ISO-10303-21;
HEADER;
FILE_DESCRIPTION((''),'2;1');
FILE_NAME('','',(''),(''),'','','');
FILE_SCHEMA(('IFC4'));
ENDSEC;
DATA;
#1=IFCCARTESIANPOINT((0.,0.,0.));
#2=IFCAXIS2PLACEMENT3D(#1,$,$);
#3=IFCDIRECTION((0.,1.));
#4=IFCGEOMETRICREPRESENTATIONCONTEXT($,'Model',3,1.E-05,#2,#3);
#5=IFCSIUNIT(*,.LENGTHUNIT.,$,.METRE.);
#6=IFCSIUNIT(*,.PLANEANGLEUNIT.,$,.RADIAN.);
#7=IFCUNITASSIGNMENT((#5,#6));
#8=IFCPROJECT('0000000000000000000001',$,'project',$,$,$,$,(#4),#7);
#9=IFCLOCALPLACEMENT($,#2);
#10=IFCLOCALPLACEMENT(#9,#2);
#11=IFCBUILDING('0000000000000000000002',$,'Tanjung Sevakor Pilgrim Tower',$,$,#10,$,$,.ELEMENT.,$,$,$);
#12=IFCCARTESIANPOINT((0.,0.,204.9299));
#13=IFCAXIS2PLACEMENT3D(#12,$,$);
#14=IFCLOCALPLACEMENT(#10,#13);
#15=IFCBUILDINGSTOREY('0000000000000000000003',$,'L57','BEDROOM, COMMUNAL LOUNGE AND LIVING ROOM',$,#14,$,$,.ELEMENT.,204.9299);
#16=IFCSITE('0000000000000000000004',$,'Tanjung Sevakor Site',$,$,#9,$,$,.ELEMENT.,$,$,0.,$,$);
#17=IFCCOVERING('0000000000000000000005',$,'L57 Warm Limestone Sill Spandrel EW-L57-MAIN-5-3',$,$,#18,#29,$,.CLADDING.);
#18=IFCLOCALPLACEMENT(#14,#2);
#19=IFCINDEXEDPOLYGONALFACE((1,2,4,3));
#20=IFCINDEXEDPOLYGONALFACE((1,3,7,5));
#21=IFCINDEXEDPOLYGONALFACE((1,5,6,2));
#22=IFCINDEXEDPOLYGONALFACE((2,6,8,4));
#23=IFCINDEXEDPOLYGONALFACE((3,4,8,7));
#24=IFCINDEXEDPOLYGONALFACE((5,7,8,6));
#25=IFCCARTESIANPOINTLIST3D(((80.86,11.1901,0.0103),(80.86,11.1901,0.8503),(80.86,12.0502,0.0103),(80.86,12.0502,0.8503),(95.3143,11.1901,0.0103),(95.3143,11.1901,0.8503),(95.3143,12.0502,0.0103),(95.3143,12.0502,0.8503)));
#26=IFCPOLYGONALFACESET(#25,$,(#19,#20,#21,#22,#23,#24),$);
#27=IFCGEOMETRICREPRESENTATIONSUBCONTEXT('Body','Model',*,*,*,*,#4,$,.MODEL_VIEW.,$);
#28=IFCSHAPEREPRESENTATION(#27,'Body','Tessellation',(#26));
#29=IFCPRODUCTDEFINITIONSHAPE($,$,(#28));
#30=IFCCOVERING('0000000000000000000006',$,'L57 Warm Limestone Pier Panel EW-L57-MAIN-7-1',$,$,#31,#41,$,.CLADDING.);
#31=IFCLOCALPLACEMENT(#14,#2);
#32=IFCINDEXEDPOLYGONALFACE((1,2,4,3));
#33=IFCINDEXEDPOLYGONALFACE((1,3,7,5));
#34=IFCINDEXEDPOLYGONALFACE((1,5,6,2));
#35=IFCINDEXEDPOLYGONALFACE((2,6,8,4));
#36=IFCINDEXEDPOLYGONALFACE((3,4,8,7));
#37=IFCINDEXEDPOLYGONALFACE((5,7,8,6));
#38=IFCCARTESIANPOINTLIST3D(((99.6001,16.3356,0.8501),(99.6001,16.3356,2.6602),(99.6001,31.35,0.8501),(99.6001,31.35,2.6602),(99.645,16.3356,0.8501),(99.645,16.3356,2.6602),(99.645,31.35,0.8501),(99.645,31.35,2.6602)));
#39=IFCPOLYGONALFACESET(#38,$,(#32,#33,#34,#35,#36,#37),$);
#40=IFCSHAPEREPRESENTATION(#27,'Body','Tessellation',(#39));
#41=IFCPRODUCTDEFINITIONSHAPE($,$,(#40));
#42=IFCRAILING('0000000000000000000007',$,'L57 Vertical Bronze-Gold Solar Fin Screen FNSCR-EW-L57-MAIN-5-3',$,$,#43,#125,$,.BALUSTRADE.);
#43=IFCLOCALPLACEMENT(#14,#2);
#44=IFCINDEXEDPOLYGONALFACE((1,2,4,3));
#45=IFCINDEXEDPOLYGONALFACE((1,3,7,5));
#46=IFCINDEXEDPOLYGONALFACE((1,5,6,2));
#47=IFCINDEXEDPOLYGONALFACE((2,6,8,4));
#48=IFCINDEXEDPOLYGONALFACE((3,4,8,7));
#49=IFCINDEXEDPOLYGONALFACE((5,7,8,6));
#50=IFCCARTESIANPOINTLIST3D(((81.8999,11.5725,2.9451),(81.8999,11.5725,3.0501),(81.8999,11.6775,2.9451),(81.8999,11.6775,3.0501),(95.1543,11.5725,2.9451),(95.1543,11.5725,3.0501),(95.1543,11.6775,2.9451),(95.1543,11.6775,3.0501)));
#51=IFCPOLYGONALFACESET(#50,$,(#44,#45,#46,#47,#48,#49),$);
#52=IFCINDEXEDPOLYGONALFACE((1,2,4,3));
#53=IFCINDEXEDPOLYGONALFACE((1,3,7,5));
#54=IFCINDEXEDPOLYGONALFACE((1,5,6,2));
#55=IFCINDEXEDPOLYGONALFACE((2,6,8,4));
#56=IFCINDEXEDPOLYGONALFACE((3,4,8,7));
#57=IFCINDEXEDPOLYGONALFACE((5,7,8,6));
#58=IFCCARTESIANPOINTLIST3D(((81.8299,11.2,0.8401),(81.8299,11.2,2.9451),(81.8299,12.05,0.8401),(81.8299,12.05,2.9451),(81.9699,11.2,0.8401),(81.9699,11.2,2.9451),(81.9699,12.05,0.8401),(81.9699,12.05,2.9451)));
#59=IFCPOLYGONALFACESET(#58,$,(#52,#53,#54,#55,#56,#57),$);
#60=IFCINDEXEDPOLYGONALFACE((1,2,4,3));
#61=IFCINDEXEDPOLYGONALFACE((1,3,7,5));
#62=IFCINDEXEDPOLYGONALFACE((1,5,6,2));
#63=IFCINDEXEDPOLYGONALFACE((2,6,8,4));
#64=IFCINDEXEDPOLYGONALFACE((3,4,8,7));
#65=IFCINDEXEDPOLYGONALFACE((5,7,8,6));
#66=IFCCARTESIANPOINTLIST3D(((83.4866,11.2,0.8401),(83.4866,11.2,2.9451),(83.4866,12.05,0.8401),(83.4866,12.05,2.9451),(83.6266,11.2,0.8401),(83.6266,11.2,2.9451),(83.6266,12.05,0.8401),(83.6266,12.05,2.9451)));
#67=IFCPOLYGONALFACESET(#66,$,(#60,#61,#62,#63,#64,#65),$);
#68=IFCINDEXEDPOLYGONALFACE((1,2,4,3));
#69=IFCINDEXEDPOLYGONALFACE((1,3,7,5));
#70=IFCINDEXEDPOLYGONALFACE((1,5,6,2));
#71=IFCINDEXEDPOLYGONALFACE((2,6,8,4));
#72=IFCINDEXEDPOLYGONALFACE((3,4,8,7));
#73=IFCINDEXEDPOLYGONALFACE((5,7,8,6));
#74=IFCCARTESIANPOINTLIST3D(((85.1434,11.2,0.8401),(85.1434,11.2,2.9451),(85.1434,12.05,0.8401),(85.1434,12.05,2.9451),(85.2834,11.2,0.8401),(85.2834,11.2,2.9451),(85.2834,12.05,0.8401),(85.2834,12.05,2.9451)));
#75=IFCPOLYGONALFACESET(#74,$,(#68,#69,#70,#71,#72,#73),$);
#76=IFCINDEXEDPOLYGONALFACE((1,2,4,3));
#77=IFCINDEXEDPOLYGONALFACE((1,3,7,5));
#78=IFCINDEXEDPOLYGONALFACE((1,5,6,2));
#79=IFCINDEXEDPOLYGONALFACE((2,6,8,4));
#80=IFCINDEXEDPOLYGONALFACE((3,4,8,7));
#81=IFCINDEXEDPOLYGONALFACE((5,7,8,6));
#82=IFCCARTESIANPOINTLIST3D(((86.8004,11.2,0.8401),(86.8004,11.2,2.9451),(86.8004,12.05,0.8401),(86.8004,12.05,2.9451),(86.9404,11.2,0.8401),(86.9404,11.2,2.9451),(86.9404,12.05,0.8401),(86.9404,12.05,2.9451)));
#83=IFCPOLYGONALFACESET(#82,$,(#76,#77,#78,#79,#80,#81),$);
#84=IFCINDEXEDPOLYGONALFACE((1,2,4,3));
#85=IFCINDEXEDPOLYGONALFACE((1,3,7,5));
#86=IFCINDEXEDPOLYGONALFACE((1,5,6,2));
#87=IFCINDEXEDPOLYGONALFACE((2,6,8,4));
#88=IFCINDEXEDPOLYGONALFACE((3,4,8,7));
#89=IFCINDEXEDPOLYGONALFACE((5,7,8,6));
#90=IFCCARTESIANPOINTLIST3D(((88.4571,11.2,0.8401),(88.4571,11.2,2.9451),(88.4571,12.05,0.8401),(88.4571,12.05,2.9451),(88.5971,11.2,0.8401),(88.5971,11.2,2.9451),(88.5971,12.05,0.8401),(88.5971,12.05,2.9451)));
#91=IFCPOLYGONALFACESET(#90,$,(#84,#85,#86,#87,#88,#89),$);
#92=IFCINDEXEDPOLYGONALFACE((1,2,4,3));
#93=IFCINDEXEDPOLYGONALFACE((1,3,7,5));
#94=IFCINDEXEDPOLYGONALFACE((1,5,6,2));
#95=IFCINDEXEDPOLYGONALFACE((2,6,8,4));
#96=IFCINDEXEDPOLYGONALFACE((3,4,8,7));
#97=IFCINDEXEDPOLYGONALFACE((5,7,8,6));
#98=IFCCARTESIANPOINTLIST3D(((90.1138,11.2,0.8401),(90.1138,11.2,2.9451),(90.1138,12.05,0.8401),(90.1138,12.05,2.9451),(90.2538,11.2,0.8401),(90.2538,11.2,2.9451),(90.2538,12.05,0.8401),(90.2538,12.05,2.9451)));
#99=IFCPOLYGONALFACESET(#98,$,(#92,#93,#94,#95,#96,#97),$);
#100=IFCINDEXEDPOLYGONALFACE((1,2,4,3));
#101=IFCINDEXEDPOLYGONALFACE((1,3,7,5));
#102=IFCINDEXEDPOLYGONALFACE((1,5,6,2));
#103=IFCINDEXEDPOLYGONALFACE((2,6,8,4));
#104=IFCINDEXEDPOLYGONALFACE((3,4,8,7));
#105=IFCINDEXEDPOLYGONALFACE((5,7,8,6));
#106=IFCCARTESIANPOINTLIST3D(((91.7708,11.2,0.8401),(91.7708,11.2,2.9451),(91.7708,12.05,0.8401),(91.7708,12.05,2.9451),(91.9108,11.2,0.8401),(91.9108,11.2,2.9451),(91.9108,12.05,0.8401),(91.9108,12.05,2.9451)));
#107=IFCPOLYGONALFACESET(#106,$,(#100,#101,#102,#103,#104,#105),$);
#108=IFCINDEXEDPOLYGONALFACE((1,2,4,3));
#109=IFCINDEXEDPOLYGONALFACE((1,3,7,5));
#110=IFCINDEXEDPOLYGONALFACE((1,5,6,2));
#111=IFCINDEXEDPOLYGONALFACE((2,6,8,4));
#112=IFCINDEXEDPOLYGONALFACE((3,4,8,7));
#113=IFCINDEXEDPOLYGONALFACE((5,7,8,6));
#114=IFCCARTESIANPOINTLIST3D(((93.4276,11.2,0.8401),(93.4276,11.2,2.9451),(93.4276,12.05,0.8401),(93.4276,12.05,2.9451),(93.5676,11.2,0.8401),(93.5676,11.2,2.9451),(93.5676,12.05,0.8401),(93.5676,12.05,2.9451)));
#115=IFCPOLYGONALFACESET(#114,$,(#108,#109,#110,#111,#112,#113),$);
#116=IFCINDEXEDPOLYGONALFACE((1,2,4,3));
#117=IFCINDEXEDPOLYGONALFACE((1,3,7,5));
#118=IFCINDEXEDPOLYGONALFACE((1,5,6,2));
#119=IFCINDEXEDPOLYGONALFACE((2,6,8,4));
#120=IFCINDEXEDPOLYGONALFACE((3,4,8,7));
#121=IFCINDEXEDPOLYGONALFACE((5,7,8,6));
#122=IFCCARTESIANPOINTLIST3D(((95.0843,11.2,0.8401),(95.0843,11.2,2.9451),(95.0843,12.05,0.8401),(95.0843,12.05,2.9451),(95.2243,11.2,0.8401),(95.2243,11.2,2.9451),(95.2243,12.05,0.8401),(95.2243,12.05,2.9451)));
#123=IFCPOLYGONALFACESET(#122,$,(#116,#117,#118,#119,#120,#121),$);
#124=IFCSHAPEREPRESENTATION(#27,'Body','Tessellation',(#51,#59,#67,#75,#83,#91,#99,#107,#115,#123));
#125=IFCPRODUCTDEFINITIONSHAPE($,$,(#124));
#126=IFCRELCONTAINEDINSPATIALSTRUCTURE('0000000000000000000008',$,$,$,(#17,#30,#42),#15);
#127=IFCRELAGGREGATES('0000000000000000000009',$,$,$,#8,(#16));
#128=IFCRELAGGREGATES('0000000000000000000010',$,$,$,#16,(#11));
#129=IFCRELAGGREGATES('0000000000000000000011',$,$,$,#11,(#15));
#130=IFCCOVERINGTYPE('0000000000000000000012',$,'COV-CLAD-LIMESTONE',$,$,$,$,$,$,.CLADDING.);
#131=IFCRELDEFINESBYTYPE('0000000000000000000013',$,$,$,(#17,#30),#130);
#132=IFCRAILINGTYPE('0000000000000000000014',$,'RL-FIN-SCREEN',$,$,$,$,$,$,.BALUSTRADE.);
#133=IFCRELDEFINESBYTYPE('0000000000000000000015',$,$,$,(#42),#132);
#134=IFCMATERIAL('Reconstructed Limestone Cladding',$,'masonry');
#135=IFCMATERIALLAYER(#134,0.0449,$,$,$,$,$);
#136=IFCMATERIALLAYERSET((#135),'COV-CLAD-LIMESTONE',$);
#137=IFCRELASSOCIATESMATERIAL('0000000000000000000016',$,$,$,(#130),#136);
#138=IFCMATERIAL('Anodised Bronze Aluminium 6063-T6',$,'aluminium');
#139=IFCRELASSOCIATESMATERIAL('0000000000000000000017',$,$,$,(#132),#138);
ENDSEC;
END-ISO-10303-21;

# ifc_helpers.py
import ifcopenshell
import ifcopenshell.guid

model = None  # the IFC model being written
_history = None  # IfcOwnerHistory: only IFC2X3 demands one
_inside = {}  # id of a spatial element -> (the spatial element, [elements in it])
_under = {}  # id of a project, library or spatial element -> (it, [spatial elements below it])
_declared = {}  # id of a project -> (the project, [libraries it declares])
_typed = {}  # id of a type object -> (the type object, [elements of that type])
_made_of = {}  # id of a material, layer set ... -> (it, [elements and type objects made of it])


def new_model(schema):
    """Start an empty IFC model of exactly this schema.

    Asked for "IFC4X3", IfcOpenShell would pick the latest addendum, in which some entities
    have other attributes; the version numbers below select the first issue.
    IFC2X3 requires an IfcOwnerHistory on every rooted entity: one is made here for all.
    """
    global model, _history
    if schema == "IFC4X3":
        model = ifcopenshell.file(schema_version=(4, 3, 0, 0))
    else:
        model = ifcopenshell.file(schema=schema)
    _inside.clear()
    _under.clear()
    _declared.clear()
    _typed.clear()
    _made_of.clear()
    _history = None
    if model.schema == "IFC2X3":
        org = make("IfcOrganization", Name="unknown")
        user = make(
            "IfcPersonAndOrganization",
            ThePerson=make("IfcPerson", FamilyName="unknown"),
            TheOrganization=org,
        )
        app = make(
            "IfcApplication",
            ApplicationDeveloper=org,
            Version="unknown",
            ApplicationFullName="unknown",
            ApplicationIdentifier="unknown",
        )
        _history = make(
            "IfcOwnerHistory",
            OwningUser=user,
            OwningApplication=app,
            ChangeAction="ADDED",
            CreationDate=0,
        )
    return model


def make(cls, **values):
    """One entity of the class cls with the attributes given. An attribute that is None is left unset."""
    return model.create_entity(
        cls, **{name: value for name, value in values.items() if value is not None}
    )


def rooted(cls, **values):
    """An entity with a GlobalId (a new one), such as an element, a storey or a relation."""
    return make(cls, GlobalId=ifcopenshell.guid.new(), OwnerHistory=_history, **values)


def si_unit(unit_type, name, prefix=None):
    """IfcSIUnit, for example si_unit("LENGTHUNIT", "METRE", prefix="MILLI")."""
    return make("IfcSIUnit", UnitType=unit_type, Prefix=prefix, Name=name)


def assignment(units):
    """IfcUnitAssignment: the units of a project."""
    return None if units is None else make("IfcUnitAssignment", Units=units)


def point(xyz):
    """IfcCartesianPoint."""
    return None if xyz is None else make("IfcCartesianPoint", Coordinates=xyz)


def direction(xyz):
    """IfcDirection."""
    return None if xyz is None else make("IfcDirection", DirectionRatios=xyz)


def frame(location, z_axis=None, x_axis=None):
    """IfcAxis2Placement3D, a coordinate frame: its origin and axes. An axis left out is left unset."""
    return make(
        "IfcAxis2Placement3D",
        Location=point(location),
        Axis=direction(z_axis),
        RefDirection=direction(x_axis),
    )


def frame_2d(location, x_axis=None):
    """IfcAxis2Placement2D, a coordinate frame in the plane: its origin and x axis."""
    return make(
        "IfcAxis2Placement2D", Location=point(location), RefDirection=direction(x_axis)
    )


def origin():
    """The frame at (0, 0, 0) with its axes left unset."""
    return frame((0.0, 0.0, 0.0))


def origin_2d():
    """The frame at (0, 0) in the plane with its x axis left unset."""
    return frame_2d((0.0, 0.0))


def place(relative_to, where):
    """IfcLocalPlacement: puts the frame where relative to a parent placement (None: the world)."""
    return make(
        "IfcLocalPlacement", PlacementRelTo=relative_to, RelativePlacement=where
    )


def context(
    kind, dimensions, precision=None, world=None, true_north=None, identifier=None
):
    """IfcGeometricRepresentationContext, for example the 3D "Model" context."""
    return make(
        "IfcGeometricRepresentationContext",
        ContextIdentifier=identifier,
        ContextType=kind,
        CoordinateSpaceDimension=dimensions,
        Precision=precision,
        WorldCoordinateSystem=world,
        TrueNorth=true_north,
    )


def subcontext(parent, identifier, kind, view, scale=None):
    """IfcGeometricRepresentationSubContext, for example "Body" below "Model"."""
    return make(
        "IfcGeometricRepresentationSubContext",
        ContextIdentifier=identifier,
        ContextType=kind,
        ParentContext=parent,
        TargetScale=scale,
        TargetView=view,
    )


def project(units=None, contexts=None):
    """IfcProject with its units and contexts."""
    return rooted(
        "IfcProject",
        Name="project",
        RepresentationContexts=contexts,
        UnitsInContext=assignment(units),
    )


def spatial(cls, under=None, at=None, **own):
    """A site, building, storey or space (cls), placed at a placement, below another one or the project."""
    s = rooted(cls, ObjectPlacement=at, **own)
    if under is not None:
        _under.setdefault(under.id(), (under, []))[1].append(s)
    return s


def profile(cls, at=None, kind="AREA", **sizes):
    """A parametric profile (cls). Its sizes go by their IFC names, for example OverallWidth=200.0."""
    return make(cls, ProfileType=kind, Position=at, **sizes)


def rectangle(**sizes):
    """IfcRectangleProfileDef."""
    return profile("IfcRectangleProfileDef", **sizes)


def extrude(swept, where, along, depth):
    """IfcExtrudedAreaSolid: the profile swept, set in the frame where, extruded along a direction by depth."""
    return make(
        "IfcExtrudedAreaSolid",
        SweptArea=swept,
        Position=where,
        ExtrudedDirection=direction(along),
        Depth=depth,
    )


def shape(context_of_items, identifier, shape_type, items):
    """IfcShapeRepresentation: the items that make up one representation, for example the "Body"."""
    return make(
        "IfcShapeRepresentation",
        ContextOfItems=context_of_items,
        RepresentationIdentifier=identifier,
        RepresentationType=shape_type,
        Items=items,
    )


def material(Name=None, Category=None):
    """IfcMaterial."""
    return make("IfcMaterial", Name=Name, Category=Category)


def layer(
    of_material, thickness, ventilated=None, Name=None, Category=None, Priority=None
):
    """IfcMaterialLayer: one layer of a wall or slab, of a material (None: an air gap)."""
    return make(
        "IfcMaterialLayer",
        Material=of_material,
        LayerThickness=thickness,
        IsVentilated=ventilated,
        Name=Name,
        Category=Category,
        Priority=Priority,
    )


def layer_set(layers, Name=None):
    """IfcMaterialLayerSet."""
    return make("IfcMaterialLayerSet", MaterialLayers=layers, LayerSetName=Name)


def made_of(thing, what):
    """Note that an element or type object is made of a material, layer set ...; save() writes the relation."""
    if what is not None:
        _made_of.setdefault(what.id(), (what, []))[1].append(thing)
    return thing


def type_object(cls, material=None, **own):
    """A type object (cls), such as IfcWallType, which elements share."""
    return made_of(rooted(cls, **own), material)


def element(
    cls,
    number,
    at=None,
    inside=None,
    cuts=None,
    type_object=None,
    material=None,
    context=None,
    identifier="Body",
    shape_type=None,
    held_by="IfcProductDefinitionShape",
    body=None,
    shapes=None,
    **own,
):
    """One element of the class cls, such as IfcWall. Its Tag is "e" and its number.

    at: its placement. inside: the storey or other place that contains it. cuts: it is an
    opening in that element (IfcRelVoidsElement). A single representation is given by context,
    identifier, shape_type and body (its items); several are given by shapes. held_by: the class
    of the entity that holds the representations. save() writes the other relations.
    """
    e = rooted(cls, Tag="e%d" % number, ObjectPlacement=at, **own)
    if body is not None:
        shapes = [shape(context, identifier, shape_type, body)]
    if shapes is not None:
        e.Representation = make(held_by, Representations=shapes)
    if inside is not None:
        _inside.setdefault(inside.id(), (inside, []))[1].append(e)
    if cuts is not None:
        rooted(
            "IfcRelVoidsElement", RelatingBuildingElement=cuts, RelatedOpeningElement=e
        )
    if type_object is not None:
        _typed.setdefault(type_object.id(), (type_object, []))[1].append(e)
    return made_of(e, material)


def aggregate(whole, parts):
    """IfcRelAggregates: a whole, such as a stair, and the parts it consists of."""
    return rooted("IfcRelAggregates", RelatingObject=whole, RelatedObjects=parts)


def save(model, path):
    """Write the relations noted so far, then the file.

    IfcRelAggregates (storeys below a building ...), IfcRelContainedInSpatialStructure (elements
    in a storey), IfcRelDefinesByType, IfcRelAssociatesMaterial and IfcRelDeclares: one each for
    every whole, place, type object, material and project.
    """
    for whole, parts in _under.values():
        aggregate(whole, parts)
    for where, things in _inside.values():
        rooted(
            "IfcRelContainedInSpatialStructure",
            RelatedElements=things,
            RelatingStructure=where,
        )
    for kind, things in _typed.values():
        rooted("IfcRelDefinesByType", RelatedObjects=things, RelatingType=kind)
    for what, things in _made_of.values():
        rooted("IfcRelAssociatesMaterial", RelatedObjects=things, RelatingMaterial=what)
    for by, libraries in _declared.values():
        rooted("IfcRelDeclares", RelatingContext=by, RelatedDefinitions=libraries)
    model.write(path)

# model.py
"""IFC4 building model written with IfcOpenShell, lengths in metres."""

from ifc_helpers import new_model, si_unit, direction, frame, origin, origin_2d, place, context, subcontext, project, spatial, rectangle, extrude, material, layer, layer_set, type_object, element, save


model = new_model("IFC4")

# Units and contexts
model_context = context("Model", 3, precision=1e-05, world=origin(), true_north=direction((0.0, 1.0)))
body_context = subcontext(model_context, "Body", "Model", "MODEL_VIEW")
ifc_project = project(units=[si_unit("LENGTHUNIT", "METRE"), si_unit("PLANEANGLEUNIT", "RADIAN")], contexts=[model_context])

# Site, building, storey
site_placement = place(None, origin())
site = spatial("IfcSite", under=ifc_project, at=site_placement, Name="Tanjung Sevakor Site", CompositionType="ELEMENT", RefElevation=0.0)
building_placement = place(site_placement, origin())
building = spatial("IfcBuilding", under=site, at=building_placement, Name="Tanjung Sevakor Pilgrim Tower", CompositionType="ELEMENT")
storey_placement = place(building_placement, frame((0.0, 0.0, 204.9299)))
storey = spatial("IfcBuildingStorey", under=building, at=storey_placement, Name="L57", Description="BEDROOM, COMMUNAL LOUNGE AND LIVING ROOM", CompositionType="ELEMENT", Elevation=204.9299)

# Coverings
ifc_material_1 = material(Name="Reconstructed Limestone Cladding", Category="masonry")
ifc_layer_1 = layer(ifc_material_1, 0.0449)
ifc_layer_set_1 = layer_set([ifc_layer_1], Name="COV-CLAD-LIMESTONE")
covering_type = type_object("IfcCoveringType", Name="COV-CLAD-LIMESTONE", PredefinedType="CLADDING", material=ifc_layer_set_1)
covering_1_placement = place(storey_placement, frame((88.0872, 11.6201, 0.0103), z_axis=(0.0, 0.0, 1.0), x_axis=(1.0, 0.0, 0.0)))
element("IfcCovering", 1, at=covering_1_placement, inside=storey, type_object=covering_type, Name="L57 Warm Limestone Sill Spandrel EW-L57-MAIN-5-3", PredefinedType="CLADDING", context=body_context, shape_type="SweptSolid", body=[
    extrude(rectangle(XDim=14.4543, YDim=0.8601, at=origin_2d()), origin(), (0.0, 0.0, 1.0), 0.8401),
])
covering_2_placement = place(storey_placement, frame((99.6226, 23.8428, 0.8501), z_axis=(0.0, 0.0, 1.0), x_axis=(0.0, 1.0, 0.0)))
element("IfcCovering", 2, at=covering_2_placement, inside=storey, type_object=covering_type, Name="L57 Warm Limestone Pier Panel EW-L57-MAIN-7-1", PredefinedType="CLADDING", context=body_context, shape_type="SweptSolid", body=[
    extrude(rectangle(XDim=15.0144, YDim=0.0449, at=origin_2d()), origin(), (0.0, 0.0, 1.0), 1.8101),
])

# Railing
ifc_material_2 = material(Name="Anodised Bronze Aluminium 6063-T6", Category="aluminium")
railing_type = type_object("IfcRailingType", Name="RL-FIN-SCREEN", PredefinedType="BALUSTRADE", material=ifc_material_2)
railing_1_placement = place(storey_placement, frame((81.8999, 11.625, 0.8401)))
element("IfcRailing", 3, at=railing_1_placement, inside=storey, type_object=railing_type, Name="L57 Vertical Bronze-Gold Solar Fin Screen FNSCR-EW-L57-MAIN-5-3", PredefinedType="BALUSTRADE", context=body_context, shape_type="SweptSolid", body=[
    extrude(rectangle(XDim=0.105, YDim=0.105), frame((0.0, 0.0, 2.1575), z_axis=(1.0, 0.0, 0.0), x_axis=(0.0, 1.0, 0.0)), (0.0, 0.0, 1.0), 13.2544),
    extrude(rectangle(XDim=0.14, YDim=0.85), origin(), (0.0, 0.0, 1.0), 2.105),
    extrude(rectangle(XDim=0.14, YDim=0.85), frame((1.6567, 0.0, 0.0)), (0.0, 0.0, 1.0), 2.105),
    extrude(rectangle(XDim=0.14, YDim=0.85), frame((3.3135, 0.0, 0.0)), (0.0, 0.0, 1.0), 2.105),
    extrude(rectangle(XDim=0.14, YDim=0.85), frame((4.9705, 0.0, 0.0)), (0.0, 0.0, 1.0), 2.105),
    extrude(rectangle(XDim=0.14, YDim=0.85), frame((6.6272, 0.0, 0.0)), (0.0, 0.0, 1.0), 2.105),
    extrude(rectangle(XDim=0.14, YDim=0.85), frame((8.2839, 0.0, 0.0)), (0.0, 0.0, 1.0), 2.105),
    extrude(rectangle(XDim=0.14, YDim=0.85), frame((9.9409, 0.0, 0.0)), (0.0, 0.0, 1.0), 2.105),
    extrude(rectangle(XDim=0.14, YDim=0.85), frame((11.5977, 0.0, 0.0)), (0.0, 0.0, 1.0), 2.105),
    extrude(rectangle(XDim=0.14, YDim=0.85), frame((13.2544, 0.0, 0.0)), (0.0, 0.0, 1.0), 2.105),
])

save(model, "model.ifc")
